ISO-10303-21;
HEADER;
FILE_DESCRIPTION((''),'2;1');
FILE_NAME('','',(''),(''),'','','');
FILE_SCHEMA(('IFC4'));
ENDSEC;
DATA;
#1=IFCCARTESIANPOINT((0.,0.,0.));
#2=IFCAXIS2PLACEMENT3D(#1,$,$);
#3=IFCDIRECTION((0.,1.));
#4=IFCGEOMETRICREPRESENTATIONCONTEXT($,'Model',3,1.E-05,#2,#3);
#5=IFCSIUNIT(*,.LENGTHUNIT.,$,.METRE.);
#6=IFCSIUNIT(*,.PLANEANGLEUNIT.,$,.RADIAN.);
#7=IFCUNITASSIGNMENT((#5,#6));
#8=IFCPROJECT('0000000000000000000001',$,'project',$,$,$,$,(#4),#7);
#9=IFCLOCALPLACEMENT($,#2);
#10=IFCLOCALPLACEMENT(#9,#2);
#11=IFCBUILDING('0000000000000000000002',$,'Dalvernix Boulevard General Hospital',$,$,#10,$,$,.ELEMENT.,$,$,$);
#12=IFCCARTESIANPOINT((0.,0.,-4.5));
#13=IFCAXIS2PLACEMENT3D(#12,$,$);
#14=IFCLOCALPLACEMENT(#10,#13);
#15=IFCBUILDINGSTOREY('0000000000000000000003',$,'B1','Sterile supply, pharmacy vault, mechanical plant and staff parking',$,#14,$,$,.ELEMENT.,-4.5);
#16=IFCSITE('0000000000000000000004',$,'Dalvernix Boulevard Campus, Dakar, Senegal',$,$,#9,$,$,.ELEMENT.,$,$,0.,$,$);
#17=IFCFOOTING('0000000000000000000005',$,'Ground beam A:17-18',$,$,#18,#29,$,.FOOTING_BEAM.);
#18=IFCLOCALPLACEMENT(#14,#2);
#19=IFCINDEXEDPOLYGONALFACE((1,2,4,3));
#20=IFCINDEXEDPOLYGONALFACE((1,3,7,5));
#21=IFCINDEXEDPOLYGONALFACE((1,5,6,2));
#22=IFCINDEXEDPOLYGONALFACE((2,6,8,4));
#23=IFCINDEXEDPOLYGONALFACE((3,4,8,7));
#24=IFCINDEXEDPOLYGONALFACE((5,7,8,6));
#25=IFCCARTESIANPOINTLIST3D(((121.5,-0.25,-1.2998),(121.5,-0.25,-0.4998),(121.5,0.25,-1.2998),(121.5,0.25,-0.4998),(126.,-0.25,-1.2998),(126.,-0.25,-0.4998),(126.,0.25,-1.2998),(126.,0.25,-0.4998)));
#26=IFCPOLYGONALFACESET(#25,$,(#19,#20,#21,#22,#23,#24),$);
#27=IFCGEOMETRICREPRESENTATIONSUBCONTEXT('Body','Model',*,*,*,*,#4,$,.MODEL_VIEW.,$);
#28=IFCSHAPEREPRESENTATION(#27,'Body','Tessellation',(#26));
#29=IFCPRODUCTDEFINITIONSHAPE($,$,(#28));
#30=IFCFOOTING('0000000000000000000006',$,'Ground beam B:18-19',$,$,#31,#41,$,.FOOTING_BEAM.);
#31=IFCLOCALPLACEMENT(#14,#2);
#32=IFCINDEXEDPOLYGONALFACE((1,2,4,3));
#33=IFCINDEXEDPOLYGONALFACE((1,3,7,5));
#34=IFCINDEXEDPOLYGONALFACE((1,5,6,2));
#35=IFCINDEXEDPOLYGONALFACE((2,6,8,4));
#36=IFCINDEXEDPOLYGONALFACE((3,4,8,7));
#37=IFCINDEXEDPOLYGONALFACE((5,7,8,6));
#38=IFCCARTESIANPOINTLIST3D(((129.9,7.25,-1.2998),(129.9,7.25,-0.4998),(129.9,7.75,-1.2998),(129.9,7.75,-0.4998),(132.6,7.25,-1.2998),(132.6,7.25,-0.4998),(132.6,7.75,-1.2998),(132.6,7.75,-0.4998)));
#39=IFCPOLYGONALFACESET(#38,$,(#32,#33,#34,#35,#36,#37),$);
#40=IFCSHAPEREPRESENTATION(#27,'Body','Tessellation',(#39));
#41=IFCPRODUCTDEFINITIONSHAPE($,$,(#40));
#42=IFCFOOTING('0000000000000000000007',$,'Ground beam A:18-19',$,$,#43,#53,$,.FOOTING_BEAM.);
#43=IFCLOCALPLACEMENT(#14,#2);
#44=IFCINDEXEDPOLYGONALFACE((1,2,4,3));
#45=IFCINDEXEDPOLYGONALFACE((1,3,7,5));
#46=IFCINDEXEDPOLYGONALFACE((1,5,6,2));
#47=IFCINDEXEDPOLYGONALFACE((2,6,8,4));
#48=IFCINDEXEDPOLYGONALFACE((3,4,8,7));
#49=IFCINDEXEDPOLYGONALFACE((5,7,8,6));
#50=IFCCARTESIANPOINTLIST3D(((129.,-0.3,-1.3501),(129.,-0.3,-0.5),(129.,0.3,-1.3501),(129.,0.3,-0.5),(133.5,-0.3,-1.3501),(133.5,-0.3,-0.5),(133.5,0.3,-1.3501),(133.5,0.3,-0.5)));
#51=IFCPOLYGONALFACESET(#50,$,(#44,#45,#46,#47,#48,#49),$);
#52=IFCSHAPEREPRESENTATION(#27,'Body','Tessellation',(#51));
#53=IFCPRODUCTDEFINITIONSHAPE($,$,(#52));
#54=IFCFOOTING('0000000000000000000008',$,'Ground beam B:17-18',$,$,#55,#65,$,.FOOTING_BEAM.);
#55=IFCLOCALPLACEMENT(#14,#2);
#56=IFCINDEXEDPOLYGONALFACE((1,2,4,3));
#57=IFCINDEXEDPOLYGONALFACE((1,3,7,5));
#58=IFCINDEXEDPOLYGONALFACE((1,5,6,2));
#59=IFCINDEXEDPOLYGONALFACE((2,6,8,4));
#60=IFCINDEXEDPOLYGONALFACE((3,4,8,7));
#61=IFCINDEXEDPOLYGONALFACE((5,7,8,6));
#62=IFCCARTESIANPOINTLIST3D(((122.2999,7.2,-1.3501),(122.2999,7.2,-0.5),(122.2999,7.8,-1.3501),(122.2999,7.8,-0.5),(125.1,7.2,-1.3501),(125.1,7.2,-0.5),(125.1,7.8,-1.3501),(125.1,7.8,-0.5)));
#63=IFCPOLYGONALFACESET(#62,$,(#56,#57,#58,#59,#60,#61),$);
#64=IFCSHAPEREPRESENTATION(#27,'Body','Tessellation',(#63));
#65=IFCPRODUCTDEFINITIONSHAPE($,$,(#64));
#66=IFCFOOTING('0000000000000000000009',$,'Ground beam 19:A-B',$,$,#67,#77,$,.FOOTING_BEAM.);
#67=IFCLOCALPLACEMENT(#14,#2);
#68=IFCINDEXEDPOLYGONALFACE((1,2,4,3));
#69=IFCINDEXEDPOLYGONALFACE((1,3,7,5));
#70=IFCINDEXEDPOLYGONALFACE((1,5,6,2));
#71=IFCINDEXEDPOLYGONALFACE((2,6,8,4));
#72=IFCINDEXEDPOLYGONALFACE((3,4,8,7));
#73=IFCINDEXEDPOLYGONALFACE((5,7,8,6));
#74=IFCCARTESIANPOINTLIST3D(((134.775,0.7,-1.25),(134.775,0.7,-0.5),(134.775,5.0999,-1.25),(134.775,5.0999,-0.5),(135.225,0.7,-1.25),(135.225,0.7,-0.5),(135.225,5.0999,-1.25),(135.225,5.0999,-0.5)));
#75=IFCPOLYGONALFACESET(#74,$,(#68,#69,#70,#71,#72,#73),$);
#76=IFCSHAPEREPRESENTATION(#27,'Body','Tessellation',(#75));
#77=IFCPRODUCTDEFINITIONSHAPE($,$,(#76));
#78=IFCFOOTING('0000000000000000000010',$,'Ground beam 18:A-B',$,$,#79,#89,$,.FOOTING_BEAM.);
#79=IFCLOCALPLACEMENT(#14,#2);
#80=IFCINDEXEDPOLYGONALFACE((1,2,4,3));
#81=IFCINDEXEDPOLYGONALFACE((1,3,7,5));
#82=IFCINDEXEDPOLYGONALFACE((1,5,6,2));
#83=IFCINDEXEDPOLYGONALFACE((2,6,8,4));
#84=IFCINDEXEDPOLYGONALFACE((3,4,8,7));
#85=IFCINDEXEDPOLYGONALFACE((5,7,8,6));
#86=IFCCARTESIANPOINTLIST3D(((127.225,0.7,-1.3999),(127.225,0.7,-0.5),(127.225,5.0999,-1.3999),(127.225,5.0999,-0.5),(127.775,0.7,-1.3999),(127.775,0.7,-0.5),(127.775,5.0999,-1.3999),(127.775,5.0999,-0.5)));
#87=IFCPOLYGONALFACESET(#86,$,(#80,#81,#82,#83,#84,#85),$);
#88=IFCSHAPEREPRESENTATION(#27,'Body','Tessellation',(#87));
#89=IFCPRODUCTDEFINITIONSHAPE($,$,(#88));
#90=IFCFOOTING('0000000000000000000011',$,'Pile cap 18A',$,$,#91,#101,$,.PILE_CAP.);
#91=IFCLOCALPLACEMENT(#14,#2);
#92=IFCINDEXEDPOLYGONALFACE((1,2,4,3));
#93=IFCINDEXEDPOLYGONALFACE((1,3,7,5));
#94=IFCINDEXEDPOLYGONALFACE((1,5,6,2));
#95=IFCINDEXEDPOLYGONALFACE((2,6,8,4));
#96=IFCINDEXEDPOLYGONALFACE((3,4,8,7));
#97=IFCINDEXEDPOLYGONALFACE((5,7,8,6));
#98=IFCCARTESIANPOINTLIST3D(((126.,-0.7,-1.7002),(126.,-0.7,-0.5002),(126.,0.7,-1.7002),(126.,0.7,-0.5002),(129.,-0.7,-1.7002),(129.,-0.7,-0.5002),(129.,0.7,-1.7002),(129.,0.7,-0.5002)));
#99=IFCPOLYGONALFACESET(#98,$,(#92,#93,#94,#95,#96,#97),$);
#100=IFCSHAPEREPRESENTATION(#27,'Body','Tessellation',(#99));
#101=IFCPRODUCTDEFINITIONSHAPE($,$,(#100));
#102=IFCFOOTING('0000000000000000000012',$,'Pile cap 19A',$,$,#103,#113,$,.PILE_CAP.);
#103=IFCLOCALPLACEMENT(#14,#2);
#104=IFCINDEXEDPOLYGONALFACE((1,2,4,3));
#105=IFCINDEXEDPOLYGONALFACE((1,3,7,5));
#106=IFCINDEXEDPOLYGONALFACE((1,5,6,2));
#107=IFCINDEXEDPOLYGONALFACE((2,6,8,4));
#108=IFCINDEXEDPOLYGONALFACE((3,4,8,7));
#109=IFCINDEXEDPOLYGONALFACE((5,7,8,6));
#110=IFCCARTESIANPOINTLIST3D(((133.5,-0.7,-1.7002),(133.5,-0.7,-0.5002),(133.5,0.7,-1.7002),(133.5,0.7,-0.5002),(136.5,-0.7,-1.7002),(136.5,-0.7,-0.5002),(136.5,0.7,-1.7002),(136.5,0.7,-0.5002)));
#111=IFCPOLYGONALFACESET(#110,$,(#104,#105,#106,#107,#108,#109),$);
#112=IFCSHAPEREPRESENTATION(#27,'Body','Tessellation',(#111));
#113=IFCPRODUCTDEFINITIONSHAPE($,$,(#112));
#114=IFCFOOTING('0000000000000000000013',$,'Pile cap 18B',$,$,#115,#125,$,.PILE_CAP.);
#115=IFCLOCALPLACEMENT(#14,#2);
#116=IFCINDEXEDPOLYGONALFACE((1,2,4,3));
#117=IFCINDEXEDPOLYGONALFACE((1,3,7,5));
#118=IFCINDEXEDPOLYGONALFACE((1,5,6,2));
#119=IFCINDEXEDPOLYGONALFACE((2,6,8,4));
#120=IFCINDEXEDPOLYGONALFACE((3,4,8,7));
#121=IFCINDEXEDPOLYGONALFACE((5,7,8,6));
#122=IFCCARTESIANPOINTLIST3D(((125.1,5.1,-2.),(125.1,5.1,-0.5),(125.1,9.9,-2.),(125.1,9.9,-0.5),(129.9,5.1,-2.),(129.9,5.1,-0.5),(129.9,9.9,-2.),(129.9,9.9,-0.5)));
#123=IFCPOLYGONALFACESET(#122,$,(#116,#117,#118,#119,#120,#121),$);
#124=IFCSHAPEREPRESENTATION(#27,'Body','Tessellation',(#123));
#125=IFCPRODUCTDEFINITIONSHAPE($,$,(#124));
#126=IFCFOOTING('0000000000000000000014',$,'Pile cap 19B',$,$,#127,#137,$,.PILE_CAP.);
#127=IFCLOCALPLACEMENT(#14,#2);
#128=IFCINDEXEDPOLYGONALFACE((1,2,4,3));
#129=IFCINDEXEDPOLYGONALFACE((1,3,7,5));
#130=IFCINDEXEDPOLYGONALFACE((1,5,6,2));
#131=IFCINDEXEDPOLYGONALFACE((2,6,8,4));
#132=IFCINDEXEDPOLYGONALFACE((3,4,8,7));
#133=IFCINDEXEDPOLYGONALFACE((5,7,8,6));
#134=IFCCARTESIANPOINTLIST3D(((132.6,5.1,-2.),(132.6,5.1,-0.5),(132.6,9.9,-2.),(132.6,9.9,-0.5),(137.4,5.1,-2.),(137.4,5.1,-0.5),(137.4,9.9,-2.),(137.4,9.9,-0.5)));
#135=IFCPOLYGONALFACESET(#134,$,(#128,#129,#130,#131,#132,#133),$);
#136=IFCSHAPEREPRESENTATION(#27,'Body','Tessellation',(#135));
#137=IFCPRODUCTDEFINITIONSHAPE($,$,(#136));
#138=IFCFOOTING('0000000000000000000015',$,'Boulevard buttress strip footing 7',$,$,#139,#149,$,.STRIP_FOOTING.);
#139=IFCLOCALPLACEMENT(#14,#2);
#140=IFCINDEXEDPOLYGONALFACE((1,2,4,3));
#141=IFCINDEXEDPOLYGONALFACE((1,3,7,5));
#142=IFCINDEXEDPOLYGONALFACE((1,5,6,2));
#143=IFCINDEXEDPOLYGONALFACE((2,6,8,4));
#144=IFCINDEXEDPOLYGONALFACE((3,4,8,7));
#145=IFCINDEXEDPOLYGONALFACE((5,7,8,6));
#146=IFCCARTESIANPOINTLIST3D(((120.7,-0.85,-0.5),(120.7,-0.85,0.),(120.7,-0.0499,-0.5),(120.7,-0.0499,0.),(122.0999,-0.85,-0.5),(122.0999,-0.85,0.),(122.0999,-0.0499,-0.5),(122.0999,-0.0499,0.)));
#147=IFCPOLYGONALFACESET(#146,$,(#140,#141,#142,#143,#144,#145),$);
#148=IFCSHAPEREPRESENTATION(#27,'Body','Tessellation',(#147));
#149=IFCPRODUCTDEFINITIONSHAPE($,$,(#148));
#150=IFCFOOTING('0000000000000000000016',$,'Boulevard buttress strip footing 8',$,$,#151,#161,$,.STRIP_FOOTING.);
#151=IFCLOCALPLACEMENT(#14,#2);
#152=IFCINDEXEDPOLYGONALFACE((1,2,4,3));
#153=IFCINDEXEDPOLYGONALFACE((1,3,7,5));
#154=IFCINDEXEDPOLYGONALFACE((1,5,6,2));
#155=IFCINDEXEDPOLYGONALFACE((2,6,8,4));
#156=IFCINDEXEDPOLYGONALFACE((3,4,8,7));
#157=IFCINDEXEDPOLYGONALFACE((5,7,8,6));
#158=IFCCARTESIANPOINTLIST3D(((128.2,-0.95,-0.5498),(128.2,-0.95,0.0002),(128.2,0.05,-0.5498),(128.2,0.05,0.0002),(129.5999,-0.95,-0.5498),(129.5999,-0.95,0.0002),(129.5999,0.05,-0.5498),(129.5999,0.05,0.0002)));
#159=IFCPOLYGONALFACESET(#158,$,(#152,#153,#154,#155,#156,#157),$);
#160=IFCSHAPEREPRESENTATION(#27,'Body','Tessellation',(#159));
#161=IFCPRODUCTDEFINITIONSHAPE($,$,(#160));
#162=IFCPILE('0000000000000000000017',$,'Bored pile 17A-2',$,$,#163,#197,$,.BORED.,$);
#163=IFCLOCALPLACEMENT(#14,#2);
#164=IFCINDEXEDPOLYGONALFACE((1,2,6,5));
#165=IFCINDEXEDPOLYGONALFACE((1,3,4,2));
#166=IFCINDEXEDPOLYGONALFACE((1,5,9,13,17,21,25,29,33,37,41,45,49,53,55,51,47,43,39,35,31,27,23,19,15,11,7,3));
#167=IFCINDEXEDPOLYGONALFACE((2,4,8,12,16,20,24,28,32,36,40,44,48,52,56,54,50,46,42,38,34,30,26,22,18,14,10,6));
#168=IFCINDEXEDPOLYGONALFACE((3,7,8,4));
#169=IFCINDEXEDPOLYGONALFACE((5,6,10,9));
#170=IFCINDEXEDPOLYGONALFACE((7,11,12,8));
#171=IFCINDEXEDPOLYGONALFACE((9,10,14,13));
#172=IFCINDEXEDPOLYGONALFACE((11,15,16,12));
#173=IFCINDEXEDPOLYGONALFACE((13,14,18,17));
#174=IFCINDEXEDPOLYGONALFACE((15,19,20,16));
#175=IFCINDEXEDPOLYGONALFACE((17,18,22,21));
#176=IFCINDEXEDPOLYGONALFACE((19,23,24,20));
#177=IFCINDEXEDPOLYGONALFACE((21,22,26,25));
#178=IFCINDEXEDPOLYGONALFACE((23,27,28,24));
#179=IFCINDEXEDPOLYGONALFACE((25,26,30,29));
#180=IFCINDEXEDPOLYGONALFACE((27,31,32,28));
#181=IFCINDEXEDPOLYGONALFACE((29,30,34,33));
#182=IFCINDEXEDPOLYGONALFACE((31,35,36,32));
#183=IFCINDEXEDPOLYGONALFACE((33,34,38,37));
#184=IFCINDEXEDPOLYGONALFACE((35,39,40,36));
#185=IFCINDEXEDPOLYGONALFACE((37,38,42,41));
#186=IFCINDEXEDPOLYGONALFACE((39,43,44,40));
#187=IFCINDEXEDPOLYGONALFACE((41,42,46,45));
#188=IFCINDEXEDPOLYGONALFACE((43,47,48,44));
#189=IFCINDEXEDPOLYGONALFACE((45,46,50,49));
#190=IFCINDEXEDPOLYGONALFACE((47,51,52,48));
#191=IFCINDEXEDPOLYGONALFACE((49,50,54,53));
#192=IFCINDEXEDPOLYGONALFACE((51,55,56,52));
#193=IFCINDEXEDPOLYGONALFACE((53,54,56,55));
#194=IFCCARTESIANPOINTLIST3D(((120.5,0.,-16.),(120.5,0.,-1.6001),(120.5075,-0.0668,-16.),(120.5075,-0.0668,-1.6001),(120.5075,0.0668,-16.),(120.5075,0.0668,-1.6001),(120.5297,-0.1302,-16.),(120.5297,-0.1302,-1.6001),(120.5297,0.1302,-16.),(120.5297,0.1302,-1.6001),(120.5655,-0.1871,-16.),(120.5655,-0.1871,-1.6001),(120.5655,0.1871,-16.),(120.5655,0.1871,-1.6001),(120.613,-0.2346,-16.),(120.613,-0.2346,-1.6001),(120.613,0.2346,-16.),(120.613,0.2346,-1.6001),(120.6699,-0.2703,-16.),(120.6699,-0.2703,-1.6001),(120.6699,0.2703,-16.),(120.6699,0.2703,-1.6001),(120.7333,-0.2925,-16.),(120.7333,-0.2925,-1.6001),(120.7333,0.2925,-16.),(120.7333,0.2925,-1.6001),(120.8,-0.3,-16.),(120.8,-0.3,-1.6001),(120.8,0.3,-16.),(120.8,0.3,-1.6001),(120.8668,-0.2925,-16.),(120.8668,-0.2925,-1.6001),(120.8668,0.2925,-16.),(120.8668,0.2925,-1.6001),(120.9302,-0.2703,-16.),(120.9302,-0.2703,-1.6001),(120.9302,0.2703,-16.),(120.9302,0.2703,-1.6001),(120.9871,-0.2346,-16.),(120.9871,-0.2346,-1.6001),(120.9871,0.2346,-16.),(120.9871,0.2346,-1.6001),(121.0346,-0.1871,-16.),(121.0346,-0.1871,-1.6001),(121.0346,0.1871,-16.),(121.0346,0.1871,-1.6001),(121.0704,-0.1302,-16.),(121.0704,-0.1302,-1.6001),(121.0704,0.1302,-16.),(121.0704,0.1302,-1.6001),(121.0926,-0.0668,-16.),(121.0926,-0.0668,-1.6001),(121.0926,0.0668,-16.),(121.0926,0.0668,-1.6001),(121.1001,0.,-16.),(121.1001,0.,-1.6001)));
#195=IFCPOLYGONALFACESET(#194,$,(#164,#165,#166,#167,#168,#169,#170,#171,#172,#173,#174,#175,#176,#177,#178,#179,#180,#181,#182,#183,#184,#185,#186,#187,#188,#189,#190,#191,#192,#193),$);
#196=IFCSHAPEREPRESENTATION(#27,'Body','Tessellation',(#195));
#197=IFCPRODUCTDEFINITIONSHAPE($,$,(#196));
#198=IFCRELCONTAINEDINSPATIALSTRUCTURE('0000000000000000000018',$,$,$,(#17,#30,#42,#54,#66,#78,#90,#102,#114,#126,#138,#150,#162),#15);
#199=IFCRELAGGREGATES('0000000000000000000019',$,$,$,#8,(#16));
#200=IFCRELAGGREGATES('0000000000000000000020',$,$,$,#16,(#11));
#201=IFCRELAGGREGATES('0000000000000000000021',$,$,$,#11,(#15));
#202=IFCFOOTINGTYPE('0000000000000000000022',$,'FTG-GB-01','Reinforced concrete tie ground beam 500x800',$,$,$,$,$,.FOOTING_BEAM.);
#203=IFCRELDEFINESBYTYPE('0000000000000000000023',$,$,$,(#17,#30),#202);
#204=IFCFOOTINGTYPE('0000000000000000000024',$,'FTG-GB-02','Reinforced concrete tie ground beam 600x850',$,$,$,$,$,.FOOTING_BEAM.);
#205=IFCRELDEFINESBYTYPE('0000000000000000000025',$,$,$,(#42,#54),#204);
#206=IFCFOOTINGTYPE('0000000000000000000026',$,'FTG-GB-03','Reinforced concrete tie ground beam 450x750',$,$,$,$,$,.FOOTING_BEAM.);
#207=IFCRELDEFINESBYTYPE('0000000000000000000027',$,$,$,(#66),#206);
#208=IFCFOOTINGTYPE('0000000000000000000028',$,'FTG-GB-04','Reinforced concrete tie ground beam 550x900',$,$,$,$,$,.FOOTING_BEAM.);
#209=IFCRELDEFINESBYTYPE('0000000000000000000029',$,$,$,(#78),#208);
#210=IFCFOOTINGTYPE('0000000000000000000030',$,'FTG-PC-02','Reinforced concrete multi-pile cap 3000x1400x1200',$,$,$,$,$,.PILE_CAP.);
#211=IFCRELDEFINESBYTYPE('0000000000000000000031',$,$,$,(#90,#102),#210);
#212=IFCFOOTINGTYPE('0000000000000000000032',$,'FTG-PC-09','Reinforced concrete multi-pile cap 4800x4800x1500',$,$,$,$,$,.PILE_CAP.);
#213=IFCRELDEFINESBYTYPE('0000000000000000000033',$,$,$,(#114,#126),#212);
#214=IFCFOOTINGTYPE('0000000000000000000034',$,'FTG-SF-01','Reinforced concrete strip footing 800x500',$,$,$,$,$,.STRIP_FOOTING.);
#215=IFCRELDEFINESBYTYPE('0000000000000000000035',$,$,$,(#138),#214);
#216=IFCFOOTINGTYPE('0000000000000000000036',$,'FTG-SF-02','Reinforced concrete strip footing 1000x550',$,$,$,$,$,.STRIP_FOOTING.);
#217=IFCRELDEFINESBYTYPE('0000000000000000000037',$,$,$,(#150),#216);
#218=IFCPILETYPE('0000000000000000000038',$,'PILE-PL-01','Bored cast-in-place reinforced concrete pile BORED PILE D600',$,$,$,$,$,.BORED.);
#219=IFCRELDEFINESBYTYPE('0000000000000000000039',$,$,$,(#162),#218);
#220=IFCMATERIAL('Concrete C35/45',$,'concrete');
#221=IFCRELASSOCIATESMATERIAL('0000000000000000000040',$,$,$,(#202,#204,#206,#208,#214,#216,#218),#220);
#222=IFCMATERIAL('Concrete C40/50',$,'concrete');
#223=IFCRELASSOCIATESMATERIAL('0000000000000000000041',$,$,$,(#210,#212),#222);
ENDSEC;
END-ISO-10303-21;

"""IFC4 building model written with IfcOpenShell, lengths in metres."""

from ifc_helpers import new_model, si_unit, direction, frame, origin, origin_2d, place, context, subcontext, project, spatial, rectangle, circle, extrude, material, material_profile, profile_set, type_object, element, save


model = new_model("IFC4")

# Units and contexts
model_context = context("Model", 3, precision=1e-05, world=origin(), true_north=direction((0.0, 1.0)))
body_context = subcontext(model_context, "Body", "Model", "MODEL_VIEW")
ifc_project = project(units=[si_unit("LENGTHUNIT", "METRE"), si_unit("PLANEANGLEUNIT", "RADIAN")], contexts=[model_context])

# Site, building, storey
site_placement = place(None, origin())
site = spatial("IfcSite", under=ifc_project, at=site_placement, Name="Dalvernix Boulevard Campus, Dakar, Senegal", CompositionType="ELEMENT", RefElevation=0.0)
building_placement = place(site_placement, origin())
building = spatial("IfcBuilding", under=site, at=building_placement, Name="Dalvernix Boulevard General Hospital", CompositionType="ELEMENT")
storey_placement = place(building_placement, frame((0.0, 0.0, -4.5)))
storey = spatial("IfcBuildingStorey", under=building, at=storey_placement, Name="B1", Description="Sterile supply, pharmacy vault, mechanical plant and staff parking", CompositionType="ELEMENT", Elevation=-4.5)

# Footings
ifc_material_1 = material(Name="Concrete C35/45", Category="concrete")
footing_type_1 = type_object("IfcFootingType", Name="FTG-GB-01", Description="Reinforced concrete tie ground beam 500x800", PredefinedType="FOOTING_BEAM", material=ifc_material_1)
footing_1_placement = place(storey_placement, frame((123.75, 0.0, -1.2998), z_axis=(0.0, 0.0, 1.0), x_axis=(1.0, 0.0, 0.0)))
element("IfcFooting", 1, at=footing_1_placement, inside=storey, type_object=footing_type_1, Name="Ground beam A:17-18", PredefinedType="FOOTING_BEAM", context=body_context, shape_type="SweptSolid", body=[
    extrude(rectangle(XDim=4.5, YDim=0.5, at=origin_2d()), origin(), (0.0, 0.0, 1.0), 0.8),
])
footing_2_placement = place(storey_placement, frame((131.25, 7.5, -1.2998), z_axis=(0.0, 0.0, 1.0), x_axis=(1.0, 0.0, 0.0)))
element("IfcFooting", 2, at=footing_2_placement, inside=storey, type_object=footing_type_1, Name="Ground beam B:18-19", PredefinedType="FOOTING_BEAM", context=body_context, shape_type="SweptSolid", body=[
    extrude(rectangle(XDim=2.7, YDim=0.5, at=origin_2d()), origin(), (0.0, 0.0, 1.0), 0.8),
])
footing_type_2 = type_object("IfcFootingType", Name="FTG-GB-02", Description="Reinforced concrete tie ground beam 600x850", PredefinedType="FOOTING_BEAM", material=ifc_material_1)
footing_3_placement = place(storey_placement, frame((131.25, 0.0, -1.3501), z_axis=(0.0, 0.0, 1.0), x_axis=(1.0, 0.0, 0.0)))
element("IfcFooting", 3, at=footing_3_placement, inside=storey, type_object=footing_type_2, Name="Ground beam A:18-19", PredefinedType="FOOTING_BEAM", context=body_context, shape_type="SweptSolid", body=[
    extrude(rectangle(XDim=4.5, YDim=0.6001, at=origin_2d()), origin(), (0.0, 0.0, 1.0), 0.8501),
])
footing_4_placement = place(storey_placement, frame((123.7, 7.5, -1.3501), z_axis=(0.0, 0.0, 1.0), x_axis=(1.0, 0.0, 0.0)))
element("IfcFooting", 4, at=footing_4_placement, inside=storey, type_object=footing_type_2, Name="Ground beam B:17-18", PredefinedType="FOOTING_BEAM", context=body_context, shape_type="SweptSolid", body=[
    extrude(rectangle(XDim=2.8, YDim=0.6001, at=origin_2d()), origin(), (0.0, 0.0, 1.0), 0.8501),
])
footing_type_3 = type_object("IfcFootingType", Name="FTG-GB-03", Description="Reinforced concrete tie ground beam 450x750", PredefinedType="FOOTING_BEAM", material=ifc_material_1)
footing_5_placement = place(storey_placement, frame((135.0, 2.8999, -1.25), z_axis=(0.0, 0.0, 1.0), x_axis=(0.0, 1.0, 0.0)))
element("IfcFooting", 5, at=footing_5_placement, inside=storey, type_object=footing_type_3, Name="Ground beam 19:A-B", PredefinedType="FOOTING_BEAM", context=body_context, shape_type="SweptSolid", body=[
    extrude(rectangle(XDim=4.3999, YDim=0.45, at=origin_2d()), origin(), (0.0, 0.0, 1.0), 0.75),
])
footing_type_4 = type_object("IfcFootingType", Name="FTG-GB-04", Description="Reinforced concrete tie ground beam 550x900", PredefinedType="FOOTING_BEAM", material=ifc_material_1)
footing_6_placement = place(storey_placement, frame((127.5, 2.8999, -1.3999), z_axis=(0.0, 0.0, 1.0), x_axis=(0.0, 1.0, 0.0)))
element("IfcFooting", 6, at=footing_6_placement, inside=storey, type_object=footing_type_4, Name="Ground beam 18:A-B", PredefinedType="FOOTING_BEAM", context=body_context, shape_type="SweptSolid", body=[
    extrude(rectangle(XDim=4.3999, YDim=0.55, at=origin_2d()), origin(), (0.0, 0.0, 1.0), 0.8999),
])
ifc_material_2 = material(Name="Concrete C40/50", Category="concrete")
footing_type_5 = type_object("IfcFootingType", Name="FTG-PC-02", Description="Reinforced concrete multi-pile cap 3000x1400x1200", PredefinedType="PILE_CAP", material=ifc_material_2)
for number, where, z_axis, x_axis, name in (
    (7, (127.5, 0.0, -1.7002), (0.0, 0.0, 1.0), (1.0, 0.0, 0.0), "Pile cap 18A"),
    (8, (135.0, 0.0, -1.7002), (0.0, 0.0, 1.0), (1.0, 0.0, 0.0), "Pile cap 19A"),
):
    element("IfcFooting", number, at=place(storey_placement, frame(where, z_axis=z_axis, x_axis=x_axis)), inside=storey, type_object=footing_type_5, Name=name, PredefinedType="PILE_CAP", context=body_context, shape_type="SweptSolid", body=[
        extrude(rectangle(XDim=3.0, YDim=1.3999, at=origin_2d()), origin(), (0.0, 0.0, 1.0), 1.2),
    ])
footing_type_6 = type_object("IfcFootingType", Name="FTG-PC-09", Description="Reinforced concrete multi-pile cap 4800x4800x1500", PredefinedType="PILE_CAP", material=ifc_material_2)
for number, where, z_axis, x_axis, name in (
    (9, (127.5, 7.5, -2.0), (0.0, 0.0, 1.0), (1.0, 0.0, 0.0), "Pile cap 18B"),
    (10, (135.0, 7.5, -2.0), (0.0, 0.0, 1.0), (1.0, 0.0, 0.0), "Pile cap 19B"),
):
    element("IfcFooting", number, at=place(storey_placement, frame(where, z_axis=z_axis, x_axis=x_axis)), inside=storey, type_object=footing_type_6, Name=name, PredefinedType="PILE_CAP", context=body_context, shape_type="SweptSolid", body=[
        extrude(rectangle(XDim=4.8, YDim=4.8, at=origin_2d()), origin(), (0.0, 0.0, 1.0), 1.5),
    ])
footing_type_7 = type_object("IfcFootingType", Name="FTG-SF-01", Description="Reinforced concrete strip footing 800x500", PredefinedType="STRIP_FOOTING", material=ifc_material_1)
footing_7_placement = place(storey_placement, frame((121.3999, -0.45, -0.5), z_axis=(0.0, 0.0, 1.0), x_axis=(1.0, 0.0, 0.0)))
element("IfcFooting", 11, at=footing_7_placement, inside=storey, type_object=footing_type_7, Name="Boulevard buttress strip footing 7", PredefinedType="STRIP_FOOTING", context=body_context, shape_type="SweptSolid", body=[
    extrude(rectangle(XDim=1.3999, YDim=0.8, at=origin_2d()), origin(), (0.0, 0.0, 1.0), 0.5),
])
footing_type_8 = type_object("IfcFootingType", Name="FTG-SF-02", Description="Reinforced concrete strip footing 1000x550", PredefinedType="STRIP_FOOTING", material=ifc_material_1)
footing_8_placement = place(storey_placement, frame((128.8999, -0.45, -0.5498), z_axis=(0.0, 0.0, 1.0), x_axis=(1.0, 0.0, 0.0)))
element("IfcFooting", 12, at=footing_8_placement, inside=storey, type_object=footing_type_8, Name="Boulevard buttress strip footing 8", PredefinedType="STRIP_FOOTING", context=body_context, shape_type="SweptSolid", body=[
    extrude(rectangle(XDim=1.3999, YDim=1.0, at=origin_2d()), origin(), (0.0, 0.0, 1.0), 0.55),
])

# Pile
ifc_material_profile_1 = material_profile(ifc_material_1, circle(Radius=0.3, at=origin_2d()), Name="BORED PILE D600")
ifc_profile_set_1 = profile_set([ifc_material_profile_1], Name="Concrete C35/45")
pile_type_1 = type_object("IfcPileType", Name="PILE-PL-01", Description="Bored cast-in-place reinforced concrete pile BORED PILE D600", PredefinedType="BORED", material=ifc_profile_set_1)
for number, where, z_axis, x_axis, name in (
    (13, (120.8, 0.0, -1.6001), (0.0, 0.0, -1.0), (1.0, 0.0, 0.0), "Bored pile 17A-2"),
):
    element("IfcPile", number, at=place(storey_placement, frame(where, z_axis=z_axis, x_axis=x_axis)), inside=storey, type_object=pile_type_1, Name=name, PredefinedType="BORED", context=body_context, shape_type="SweptSolid", body=[
        extrude(circle(Radius=0.3, at=origin_2d()), origin(), (0.0, 0.0, 1.0), 14.3999),
    ])

save(model, "model.ifc")
